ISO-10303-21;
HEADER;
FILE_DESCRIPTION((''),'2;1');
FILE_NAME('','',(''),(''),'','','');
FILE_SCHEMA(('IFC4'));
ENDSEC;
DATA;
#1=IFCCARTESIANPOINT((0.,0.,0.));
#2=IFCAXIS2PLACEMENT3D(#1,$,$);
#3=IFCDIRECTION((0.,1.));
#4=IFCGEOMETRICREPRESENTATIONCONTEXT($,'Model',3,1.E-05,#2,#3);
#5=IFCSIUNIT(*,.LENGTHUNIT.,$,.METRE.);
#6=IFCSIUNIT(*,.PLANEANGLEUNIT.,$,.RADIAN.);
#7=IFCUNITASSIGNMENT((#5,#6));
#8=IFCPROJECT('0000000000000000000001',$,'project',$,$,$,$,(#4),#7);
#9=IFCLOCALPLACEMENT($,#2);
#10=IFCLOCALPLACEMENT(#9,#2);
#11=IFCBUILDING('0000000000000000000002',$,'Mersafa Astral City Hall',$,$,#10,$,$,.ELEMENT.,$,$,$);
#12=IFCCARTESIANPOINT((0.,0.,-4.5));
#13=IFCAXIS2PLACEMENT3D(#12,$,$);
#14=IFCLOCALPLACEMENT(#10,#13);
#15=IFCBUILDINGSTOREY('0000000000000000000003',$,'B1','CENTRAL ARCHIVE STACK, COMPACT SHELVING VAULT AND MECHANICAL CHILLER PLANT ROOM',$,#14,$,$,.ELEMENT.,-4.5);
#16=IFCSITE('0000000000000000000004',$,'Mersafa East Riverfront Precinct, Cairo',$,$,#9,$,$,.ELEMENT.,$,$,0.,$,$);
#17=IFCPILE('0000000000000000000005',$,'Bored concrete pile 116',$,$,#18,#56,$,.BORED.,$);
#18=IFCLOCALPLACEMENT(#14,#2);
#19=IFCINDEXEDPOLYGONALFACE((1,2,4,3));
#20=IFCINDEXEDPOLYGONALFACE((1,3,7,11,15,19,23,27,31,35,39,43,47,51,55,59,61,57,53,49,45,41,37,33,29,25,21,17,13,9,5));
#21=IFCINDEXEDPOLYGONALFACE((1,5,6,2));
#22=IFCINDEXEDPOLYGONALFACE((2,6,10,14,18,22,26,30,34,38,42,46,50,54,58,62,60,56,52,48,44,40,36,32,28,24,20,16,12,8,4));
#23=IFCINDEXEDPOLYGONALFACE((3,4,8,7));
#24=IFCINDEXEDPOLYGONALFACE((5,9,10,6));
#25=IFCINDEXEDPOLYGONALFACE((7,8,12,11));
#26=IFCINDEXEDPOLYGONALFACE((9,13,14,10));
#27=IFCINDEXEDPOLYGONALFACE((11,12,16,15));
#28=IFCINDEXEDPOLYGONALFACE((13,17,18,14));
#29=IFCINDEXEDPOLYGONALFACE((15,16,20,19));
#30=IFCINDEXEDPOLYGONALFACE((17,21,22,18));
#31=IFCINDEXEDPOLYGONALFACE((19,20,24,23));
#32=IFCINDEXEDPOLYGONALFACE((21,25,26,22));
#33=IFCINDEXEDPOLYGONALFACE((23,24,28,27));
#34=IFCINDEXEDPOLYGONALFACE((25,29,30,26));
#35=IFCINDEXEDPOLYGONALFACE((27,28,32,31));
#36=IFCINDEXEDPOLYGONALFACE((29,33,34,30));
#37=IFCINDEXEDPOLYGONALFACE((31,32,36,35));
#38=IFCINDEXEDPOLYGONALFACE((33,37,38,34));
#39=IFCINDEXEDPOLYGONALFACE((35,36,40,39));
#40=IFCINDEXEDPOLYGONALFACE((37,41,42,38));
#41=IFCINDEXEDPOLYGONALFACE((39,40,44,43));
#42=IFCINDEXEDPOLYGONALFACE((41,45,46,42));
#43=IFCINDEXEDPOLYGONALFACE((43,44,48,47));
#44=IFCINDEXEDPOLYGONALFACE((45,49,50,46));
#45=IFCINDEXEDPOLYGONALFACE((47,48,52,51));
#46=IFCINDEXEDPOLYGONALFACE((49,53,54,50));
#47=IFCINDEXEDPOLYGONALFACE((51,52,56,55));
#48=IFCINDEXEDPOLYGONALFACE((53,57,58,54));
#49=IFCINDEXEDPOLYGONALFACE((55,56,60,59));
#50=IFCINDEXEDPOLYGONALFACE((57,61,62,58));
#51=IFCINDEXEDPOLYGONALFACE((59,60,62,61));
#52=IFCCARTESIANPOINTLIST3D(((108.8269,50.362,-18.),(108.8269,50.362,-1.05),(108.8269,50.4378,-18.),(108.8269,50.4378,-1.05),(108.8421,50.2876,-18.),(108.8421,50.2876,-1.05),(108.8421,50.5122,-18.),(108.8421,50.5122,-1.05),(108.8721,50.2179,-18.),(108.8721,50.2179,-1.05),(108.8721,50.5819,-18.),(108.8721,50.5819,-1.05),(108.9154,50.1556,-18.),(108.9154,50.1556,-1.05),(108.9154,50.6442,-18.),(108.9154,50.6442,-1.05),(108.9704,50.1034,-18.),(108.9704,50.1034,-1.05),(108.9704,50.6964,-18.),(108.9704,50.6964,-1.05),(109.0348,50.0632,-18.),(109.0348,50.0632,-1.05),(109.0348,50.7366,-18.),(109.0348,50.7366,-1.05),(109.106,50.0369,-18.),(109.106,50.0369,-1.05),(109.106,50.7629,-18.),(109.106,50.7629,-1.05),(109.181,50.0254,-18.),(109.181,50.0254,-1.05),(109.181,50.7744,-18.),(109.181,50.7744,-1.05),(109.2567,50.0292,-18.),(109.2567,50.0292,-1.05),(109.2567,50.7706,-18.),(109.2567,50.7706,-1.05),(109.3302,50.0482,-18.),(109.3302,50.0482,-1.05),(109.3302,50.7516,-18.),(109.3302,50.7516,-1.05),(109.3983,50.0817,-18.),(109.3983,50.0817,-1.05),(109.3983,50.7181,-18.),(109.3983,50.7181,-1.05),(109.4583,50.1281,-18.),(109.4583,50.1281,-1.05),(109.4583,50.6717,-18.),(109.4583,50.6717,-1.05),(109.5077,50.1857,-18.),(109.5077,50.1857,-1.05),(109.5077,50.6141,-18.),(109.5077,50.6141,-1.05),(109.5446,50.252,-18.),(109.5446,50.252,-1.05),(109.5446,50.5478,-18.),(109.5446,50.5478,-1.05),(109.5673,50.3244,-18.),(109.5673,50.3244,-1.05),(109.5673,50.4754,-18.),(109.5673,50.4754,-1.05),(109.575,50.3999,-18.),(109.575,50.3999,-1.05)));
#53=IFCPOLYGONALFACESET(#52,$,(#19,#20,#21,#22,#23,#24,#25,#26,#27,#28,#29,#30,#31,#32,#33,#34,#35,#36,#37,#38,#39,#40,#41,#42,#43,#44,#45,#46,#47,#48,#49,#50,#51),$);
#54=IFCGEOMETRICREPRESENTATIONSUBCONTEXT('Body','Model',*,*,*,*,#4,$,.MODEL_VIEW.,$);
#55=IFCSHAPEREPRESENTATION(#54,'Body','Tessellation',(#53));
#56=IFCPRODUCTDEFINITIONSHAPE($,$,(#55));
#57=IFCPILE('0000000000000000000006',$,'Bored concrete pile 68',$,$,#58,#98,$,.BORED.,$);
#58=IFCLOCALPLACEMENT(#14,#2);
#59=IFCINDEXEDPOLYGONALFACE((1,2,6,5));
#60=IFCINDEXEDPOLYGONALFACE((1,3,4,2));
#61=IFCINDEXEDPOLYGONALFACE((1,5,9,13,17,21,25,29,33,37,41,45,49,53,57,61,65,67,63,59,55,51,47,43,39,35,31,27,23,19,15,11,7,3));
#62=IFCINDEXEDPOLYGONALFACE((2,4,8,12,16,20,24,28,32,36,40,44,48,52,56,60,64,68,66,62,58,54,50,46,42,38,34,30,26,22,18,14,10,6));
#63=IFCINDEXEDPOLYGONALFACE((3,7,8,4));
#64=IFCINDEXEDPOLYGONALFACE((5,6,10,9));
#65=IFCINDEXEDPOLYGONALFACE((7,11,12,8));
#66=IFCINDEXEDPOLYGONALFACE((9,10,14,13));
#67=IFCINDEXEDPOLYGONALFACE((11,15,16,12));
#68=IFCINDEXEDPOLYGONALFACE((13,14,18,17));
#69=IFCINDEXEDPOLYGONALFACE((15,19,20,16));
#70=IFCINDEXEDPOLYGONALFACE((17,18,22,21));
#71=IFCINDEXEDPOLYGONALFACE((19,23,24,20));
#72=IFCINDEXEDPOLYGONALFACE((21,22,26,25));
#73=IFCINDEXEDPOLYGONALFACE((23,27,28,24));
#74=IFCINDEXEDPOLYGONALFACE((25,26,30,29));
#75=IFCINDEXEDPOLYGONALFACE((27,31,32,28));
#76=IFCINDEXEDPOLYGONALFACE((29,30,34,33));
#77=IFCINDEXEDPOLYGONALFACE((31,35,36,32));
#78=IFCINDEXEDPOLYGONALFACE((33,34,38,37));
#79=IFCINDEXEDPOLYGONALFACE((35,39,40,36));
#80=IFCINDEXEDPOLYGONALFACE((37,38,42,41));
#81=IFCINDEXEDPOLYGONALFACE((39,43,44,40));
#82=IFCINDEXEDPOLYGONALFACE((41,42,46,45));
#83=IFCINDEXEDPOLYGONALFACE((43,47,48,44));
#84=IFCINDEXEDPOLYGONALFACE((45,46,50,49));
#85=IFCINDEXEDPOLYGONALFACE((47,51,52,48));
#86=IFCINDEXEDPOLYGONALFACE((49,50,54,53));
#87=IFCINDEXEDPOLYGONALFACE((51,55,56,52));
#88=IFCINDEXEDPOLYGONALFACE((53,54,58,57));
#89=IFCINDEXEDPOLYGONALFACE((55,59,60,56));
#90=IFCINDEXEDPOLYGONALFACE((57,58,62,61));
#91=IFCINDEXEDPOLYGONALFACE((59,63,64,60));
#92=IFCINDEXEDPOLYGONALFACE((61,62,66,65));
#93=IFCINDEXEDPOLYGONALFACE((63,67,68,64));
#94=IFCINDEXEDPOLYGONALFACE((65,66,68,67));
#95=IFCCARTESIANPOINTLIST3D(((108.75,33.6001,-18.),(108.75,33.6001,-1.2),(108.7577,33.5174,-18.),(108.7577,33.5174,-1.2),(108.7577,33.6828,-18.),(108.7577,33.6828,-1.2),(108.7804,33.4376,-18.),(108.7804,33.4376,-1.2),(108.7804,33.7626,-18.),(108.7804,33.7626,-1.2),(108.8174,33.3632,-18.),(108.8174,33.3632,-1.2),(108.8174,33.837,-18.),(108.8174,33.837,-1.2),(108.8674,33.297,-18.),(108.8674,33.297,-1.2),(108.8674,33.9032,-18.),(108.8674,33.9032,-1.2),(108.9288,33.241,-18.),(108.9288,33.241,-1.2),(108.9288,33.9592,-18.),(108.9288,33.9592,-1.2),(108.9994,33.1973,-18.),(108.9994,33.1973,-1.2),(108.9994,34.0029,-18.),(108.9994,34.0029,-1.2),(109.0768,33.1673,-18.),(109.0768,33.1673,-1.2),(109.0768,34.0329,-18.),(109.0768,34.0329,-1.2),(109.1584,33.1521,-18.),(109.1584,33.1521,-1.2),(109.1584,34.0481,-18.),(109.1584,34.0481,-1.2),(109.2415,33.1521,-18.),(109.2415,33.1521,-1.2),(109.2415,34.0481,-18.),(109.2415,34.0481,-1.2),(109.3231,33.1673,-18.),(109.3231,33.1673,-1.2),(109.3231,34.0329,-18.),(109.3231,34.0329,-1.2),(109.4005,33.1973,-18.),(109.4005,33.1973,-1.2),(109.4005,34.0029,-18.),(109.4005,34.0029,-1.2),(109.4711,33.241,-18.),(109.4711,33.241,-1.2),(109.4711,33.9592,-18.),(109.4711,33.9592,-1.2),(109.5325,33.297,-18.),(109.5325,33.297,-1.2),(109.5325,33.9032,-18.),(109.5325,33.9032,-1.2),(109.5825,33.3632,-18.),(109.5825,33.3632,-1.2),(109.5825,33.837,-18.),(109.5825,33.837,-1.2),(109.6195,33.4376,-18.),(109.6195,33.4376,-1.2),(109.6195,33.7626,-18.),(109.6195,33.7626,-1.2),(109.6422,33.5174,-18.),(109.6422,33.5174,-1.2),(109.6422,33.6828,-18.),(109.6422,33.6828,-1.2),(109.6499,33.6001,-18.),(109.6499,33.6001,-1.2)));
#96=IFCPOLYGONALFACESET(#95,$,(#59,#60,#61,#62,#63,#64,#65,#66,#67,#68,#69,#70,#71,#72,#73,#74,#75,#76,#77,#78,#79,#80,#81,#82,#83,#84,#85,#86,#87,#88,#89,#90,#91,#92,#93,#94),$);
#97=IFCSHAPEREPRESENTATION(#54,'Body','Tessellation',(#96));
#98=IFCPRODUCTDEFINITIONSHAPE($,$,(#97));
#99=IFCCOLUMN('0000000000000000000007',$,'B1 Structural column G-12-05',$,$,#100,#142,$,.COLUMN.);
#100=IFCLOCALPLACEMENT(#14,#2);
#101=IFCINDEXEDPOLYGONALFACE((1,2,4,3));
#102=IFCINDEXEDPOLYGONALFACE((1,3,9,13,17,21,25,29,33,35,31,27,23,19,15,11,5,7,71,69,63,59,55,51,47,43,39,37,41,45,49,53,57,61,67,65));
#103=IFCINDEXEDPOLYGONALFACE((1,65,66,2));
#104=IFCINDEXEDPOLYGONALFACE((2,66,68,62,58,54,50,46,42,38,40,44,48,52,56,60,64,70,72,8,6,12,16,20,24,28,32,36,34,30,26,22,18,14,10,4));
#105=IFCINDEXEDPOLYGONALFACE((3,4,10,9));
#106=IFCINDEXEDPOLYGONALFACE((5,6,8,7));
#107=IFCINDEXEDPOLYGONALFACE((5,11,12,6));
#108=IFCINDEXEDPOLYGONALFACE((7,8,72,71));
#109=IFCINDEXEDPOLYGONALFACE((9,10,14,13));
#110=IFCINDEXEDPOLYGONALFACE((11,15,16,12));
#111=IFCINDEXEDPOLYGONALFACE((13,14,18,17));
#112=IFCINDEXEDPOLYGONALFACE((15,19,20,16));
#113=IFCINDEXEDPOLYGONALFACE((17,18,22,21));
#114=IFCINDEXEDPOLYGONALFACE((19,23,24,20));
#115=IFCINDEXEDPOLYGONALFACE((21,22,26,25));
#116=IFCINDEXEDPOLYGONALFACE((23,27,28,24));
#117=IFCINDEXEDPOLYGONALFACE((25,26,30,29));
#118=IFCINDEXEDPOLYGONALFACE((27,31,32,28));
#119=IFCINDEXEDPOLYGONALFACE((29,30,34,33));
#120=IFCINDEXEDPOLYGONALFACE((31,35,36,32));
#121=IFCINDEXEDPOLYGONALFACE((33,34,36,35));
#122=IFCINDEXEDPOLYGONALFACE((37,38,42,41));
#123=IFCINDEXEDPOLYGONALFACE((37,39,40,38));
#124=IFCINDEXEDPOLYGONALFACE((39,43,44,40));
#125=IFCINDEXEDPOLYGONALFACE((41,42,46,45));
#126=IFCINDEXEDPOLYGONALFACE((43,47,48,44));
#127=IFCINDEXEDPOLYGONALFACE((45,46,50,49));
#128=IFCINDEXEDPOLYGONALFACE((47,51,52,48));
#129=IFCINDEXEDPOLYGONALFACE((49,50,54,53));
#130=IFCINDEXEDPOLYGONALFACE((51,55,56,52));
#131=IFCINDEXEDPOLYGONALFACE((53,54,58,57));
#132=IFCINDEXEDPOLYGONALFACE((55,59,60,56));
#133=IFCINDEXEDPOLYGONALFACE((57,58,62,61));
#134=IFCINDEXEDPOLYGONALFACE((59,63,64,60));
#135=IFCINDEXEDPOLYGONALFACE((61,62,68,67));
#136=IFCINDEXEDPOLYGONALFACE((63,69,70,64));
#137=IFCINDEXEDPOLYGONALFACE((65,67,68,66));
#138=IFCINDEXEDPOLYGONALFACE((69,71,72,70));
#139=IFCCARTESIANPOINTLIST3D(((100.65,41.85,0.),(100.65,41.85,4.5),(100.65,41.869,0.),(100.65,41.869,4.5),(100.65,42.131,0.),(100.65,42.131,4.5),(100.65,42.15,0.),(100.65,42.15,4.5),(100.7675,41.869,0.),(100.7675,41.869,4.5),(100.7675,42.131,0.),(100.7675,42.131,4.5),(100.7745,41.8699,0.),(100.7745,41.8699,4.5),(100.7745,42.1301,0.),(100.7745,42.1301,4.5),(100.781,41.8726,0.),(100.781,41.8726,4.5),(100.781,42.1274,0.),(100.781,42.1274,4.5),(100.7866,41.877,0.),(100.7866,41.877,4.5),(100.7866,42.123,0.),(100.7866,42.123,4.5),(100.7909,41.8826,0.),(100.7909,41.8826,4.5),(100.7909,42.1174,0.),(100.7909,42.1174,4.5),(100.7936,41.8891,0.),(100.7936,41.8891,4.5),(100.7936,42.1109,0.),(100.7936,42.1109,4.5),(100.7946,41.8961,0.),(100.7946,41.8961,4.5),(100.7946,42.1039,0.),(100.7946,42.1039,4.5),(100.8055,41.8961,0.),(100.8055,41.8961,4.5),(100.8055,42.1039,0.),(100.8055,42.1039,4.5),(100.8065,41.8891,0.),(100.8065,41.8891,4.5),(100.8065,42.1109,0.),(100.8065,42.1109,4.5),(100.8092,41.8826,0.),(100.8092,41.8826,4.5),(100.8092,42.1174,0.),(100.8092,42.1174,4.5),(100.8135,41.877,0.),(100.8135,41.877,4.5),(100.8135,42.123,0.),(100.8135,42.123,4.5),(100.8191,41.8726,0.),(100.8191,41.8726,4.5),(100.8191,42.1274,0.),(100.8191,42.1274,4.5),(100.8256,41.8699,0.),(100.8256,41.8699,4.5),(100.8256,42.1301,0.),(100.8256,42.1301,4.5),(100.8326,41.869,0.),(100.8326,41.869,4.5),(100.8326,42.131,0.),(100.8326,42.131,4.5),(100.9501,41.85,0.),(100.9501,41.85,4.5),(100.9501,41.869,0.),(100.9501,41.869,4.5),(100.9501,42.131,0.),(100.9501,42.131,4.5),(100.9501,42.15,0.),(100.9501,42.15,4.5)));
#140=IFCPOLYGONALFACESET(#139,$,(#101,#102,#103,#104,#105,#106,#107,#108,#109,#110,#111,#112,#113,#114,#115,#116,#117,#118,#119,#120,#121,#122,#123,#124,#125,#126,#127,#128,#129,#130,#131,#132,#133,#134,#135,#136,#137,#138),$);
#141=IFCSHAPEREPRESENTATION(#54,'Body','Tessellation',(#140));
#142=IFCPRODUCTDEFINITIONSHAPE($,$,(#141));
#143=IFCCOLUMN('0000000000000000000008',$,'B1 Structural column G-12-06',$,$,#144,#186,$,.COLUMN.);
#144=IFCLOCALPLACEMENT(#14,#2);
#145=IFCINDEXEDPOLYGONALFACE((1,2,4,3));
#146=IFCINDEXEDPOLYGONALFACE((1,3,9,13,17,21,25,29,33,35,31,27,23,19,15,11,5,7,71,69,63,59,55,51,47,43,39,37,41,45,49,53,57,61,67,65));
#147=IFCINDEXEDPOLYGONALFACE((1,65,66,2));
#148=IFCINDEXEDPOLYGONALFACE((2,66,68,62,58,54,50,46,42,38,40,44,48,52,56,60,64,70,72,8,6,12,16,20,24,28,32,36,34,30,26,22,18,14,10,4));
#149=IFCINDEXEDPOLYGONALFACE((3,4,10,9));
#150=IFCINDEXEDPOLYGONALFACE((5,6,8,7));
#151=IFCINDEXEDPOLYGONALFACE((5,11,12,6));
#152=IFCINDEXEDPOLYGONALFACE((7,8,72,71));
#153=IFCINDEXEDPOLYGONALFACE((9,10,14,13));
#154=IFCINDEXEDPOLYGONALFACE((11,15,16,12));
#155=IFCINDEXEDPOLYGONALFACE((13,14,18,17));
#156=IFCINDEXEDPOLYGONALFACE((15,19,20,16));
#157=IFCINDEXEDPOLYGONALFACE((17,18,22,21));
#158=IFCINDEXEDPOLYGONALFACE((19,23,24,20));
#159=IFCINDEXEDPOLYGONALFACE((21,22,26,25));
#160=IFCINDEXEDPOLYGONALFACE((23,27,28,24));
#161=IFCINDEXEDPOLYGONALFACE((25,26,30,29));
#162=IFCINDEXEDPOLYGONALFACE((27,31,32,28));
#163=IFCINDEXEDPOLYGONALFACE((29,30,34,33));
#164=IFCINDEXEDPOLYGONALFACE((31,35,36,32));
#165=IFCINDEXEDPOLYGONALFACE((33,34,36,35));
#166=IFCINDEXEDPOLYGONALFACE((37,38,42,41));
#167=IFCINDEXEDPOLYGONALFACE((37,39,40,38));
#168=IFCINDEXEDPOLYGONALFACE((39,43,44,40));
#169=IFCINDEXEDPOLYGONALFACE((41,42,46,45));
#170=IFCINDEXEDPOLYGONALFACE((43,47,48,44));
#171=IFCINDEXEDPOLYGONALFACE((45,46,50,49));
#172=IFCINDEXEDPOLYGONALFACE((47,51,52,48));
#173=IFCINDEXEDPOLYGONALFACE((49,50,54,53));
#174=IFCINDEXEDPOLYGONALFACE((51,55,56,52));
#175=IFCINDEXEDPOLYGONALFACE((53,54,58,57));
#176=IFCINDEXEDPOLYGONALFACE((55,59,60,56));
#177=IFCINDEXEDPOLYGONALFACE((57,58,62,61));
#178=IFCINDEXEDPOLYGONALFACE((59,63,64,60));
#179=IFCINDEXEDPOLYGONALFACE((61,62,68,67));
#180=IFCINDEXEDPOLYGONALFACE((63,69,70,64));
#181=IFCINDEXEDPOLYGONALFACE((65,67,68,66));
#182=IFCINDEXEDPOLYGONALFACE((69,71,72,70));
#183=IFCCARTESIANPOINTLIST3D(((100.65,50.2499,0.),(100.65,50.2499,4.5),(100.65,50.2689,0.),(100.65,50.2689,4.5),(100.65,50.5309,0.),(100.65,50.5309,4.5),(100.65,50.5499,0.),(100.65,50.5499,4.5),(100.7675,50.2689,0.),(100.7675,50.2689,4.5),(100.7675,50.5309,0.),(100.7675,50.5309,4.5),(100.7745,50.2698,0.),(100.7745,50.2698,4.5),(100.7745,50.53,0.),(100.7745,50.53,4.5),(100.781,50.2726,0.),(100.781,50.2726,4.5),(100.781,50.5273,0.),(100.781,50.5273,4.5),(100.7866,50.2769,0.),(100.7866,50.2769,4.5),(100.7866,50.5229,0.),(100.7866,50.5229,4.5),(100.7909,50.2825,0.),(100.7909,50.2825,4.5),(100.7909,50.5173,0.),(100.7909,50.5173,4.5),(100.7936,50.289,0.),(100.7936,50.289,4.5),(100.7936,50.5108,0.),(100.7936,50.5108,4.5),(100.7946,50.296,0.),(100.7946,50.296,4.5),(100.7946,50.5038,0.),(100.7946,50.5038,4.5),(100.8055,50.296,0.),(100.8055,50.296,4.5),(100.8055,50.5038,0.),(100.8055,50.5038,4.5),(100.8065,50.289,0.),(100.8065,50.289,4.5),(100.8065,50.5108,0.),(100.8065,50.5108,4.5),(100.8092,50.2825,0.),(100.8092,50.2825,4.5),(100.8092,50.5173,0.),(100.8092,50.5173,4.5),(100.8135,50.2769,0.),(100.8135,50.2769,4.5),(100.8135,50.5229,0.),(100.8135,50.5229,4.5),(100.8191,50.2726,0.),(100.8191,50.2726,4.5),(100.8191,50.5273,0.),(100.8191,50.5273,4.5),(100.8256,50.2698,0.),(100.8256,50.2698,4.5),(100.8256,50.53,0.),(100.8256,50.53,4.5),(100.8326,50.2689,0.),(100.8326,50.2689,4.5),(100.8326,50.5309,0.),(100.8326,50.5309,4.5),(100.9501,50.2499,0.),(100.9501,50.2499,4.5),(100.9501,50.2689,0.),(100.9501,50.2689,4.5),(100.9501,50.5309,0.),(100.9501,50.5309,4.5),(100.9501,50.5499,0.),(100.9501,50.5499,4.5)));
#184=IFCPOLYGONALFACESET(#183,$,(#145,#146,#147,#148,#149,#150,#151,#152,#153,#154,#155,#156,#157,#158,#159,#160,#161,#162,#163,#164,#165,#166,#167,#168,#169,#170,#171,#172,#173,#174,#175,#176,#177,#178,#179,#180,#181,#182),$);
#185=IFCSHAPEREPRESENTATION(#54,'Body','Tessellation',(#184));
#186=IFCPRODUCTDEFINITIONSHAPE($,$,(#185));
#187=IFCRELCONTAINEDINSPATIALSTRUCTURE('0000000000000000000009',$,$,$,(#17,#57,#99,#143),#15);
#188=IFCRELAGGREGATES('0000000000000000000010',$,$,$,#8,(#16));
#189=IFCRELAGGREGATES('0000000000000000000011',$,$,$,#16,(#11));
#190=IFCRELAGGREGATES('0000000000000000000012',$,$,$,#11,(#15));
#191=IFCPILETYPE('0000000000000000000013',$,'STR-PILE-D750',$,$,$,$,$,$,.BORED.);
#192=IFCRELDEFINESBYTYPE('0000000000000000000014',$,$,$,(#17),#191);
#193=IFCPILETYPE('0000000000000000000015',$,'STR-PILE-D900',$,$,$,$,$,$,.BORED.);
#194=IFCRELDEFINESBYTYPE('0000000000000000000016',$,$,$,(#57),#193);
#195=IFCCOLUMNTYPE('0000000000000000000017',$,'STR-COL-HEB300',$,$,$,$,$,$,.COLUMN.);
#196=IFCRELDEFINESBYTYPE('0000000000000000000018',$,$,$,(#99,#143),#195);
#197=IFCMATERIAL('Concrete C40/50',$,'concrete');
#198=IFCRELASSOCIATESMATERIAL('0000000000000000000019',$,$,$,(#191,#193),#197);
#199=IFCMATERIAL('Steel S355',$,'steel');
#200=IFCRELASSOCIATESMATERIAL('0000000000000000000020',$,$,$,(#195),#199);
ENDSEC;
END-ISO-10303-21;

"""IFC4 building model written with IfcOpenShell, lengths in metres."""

from ifc_helpers import new_model, si_unit, direction, frame, origin, origin_2d, place, context, subcontext, project, spatial, circle, i_section, extrude, material, material_profile, profile_set, type_object, element, save


model = new_model("IFC4")

# Units and contexts
model_context = context("Model", 3, precision=1e-05, world=origin(), true_north=direction((0.0, 1.0)))
body_context = subcontext(model_context, "Body", "Model", "MODEL_VIEW")
ifc_project = project(units=[si_unit("LENGTHUNIT", "METRE"), si_unit("PLANEANGLEUNIT", "RADIAN")], contexts=[model_context])

# Site, building, storey
site_placement = place(None, origin())
site = spatial("IfcSite", under=ifc_project, at=site_placement, Name="Mersafa East Riverfront Precinct, Cairo", CompositionType="ELEMENT", RefElevation=0.0)
building_placement = place(site_placement, origin())
building = spatial("IfcBuilding", under=site, at=building_placement, Name="Mersafa Astral City Hall", CompositionType="ELEMENT")
storey_placement = place(building_placement, frame((0.0, 0.0, -4.5)))
storey = spatial("IfcBuildingStorey", under=building, at=storey_placement, Name="B1", Description="CENTRAL ARCHIVE STACK, COMPACT SHELVING VAULT AND MECHANICAL CHILLER PLANT ROOM", CompositionType="ELEMENT", Elevation=-4.5)

# Shared definitions
ifc_material_1 = material(Name="Concrete C40/50", Category="concrete")

# Piles
ifc_material_profile_1 = material_profile(ifc_material_1, circle(Radius=0.375, at=origin_2d()), Name="PILE D750")
ifc_profile_set_1 = profile_set([ifc_material_profile_1], Name="Concrete C40/50")
pile_type_1 = type_object("IfcPileType", Name="STR-PILE-D750", PredefinedType="BORED", material=ifc_profile_set_1)
for number, where, z_axis, x_axis, name in (
    (1, (109.2, 50.3999, -1.05), (0.0, 0.0, -1.0), (1.0, 0.0, 0.0), "Bored concrete pile 116"),
):
    element("IfcPile", number, at=place(storey_placement, frame(where, z_axis=z_axis, x_axis=x_axis)), inside=storey, type_object=pile_type_1, Name=name, PredefinedType="BORED", context=body_context, shape_type="SweptSolid", body=[
        extrude(circle(Radius=0.375, at=origin_2d()), origin(), (0.0, 0.0, 1.0), 16.95),
    ])
ifc_material_profile_2 = material_profile(ifc_material_1, circle(Radius=0.45, at=origin_2d()), Name="PILE D900")
ifc_profile_set_2 = profile_set([ifc_material_profile_2], Name="Concrete C40/50")
pile_type_2 = type_object("IfcPileType", Name="STR-PILE-D900", PredefinedType="BORED", material=ifc_profile_set_2)
pile_placement = place(storey_placement, frame((109.2, 33.6001, -1.2), z_axis=(0.0, 0.0, -1.0), x_axis=(1.0, 0.0, 0.0)))
element("IfcPile", 2, at=pile_placement, inside=storey, type_object=pile_type_2, Name="Bored concrete pile 68", PredefinedType="BORED", context=body_context, shape_type="SweptSolid", body=[
    extrude(circle(Radius=0.45, at=origin_2d()), origin(), (0.0, 0.0, 1.0), 16.8),
])

# Columns
ifc_material_2 = material(Name="Steel S355", Category="steel")
ifc_material_profile_3 = material_profile(ifc_material_2, i_section(OverallWidth=0.3, OverallDepth=0.3, WebThickness=0.011, FlangeThickness=0.019, FilletRadius=0.0271, at=origin_2d()), Name="HEB 300")
ifc_profile_set_3 = profile_set([ifc_material_profile_3], Name="Steel S355")
column_type_1 = type_object("IfcColumnType", Name="STR-COL-HEB300", PredefinedType="COLUMN", material=ifc_profile_set_3)
for number, where, z_axis, x_axis, name in (
    (3, (100.8, 42.0, 0.0), (0.0, 0.0, 1.0), (1.0, 0.0, 0.0), "B1 Structural column G-12-05"),
    (4, (100.8, 50.3999, 0.0), (0.0, 0.0, 1.0), (1.0, 0.0, 0.0), "B1 Structural column G-12-06"),
):
    element("IfcColumn", number, at=place(storey_placement, frame(where, z_axis=z_axis, x_axis=x_axis)), inside=storey, type_object=column_type_1, Name=name, PredefinedType="COLUMN", context=body_context, shape_type="SweptSolid", body=[
        extrude(i_section(OverallWidth=0.3, OverallDepth=0.3, WebThickness=0.011, FlangeThickness=0.019, FilletRadius=0.0271, at=origin_2d()), origin(), (0.0, 0.0, 1.0), 4.5),
    ])

save(model, "model.ifc")
